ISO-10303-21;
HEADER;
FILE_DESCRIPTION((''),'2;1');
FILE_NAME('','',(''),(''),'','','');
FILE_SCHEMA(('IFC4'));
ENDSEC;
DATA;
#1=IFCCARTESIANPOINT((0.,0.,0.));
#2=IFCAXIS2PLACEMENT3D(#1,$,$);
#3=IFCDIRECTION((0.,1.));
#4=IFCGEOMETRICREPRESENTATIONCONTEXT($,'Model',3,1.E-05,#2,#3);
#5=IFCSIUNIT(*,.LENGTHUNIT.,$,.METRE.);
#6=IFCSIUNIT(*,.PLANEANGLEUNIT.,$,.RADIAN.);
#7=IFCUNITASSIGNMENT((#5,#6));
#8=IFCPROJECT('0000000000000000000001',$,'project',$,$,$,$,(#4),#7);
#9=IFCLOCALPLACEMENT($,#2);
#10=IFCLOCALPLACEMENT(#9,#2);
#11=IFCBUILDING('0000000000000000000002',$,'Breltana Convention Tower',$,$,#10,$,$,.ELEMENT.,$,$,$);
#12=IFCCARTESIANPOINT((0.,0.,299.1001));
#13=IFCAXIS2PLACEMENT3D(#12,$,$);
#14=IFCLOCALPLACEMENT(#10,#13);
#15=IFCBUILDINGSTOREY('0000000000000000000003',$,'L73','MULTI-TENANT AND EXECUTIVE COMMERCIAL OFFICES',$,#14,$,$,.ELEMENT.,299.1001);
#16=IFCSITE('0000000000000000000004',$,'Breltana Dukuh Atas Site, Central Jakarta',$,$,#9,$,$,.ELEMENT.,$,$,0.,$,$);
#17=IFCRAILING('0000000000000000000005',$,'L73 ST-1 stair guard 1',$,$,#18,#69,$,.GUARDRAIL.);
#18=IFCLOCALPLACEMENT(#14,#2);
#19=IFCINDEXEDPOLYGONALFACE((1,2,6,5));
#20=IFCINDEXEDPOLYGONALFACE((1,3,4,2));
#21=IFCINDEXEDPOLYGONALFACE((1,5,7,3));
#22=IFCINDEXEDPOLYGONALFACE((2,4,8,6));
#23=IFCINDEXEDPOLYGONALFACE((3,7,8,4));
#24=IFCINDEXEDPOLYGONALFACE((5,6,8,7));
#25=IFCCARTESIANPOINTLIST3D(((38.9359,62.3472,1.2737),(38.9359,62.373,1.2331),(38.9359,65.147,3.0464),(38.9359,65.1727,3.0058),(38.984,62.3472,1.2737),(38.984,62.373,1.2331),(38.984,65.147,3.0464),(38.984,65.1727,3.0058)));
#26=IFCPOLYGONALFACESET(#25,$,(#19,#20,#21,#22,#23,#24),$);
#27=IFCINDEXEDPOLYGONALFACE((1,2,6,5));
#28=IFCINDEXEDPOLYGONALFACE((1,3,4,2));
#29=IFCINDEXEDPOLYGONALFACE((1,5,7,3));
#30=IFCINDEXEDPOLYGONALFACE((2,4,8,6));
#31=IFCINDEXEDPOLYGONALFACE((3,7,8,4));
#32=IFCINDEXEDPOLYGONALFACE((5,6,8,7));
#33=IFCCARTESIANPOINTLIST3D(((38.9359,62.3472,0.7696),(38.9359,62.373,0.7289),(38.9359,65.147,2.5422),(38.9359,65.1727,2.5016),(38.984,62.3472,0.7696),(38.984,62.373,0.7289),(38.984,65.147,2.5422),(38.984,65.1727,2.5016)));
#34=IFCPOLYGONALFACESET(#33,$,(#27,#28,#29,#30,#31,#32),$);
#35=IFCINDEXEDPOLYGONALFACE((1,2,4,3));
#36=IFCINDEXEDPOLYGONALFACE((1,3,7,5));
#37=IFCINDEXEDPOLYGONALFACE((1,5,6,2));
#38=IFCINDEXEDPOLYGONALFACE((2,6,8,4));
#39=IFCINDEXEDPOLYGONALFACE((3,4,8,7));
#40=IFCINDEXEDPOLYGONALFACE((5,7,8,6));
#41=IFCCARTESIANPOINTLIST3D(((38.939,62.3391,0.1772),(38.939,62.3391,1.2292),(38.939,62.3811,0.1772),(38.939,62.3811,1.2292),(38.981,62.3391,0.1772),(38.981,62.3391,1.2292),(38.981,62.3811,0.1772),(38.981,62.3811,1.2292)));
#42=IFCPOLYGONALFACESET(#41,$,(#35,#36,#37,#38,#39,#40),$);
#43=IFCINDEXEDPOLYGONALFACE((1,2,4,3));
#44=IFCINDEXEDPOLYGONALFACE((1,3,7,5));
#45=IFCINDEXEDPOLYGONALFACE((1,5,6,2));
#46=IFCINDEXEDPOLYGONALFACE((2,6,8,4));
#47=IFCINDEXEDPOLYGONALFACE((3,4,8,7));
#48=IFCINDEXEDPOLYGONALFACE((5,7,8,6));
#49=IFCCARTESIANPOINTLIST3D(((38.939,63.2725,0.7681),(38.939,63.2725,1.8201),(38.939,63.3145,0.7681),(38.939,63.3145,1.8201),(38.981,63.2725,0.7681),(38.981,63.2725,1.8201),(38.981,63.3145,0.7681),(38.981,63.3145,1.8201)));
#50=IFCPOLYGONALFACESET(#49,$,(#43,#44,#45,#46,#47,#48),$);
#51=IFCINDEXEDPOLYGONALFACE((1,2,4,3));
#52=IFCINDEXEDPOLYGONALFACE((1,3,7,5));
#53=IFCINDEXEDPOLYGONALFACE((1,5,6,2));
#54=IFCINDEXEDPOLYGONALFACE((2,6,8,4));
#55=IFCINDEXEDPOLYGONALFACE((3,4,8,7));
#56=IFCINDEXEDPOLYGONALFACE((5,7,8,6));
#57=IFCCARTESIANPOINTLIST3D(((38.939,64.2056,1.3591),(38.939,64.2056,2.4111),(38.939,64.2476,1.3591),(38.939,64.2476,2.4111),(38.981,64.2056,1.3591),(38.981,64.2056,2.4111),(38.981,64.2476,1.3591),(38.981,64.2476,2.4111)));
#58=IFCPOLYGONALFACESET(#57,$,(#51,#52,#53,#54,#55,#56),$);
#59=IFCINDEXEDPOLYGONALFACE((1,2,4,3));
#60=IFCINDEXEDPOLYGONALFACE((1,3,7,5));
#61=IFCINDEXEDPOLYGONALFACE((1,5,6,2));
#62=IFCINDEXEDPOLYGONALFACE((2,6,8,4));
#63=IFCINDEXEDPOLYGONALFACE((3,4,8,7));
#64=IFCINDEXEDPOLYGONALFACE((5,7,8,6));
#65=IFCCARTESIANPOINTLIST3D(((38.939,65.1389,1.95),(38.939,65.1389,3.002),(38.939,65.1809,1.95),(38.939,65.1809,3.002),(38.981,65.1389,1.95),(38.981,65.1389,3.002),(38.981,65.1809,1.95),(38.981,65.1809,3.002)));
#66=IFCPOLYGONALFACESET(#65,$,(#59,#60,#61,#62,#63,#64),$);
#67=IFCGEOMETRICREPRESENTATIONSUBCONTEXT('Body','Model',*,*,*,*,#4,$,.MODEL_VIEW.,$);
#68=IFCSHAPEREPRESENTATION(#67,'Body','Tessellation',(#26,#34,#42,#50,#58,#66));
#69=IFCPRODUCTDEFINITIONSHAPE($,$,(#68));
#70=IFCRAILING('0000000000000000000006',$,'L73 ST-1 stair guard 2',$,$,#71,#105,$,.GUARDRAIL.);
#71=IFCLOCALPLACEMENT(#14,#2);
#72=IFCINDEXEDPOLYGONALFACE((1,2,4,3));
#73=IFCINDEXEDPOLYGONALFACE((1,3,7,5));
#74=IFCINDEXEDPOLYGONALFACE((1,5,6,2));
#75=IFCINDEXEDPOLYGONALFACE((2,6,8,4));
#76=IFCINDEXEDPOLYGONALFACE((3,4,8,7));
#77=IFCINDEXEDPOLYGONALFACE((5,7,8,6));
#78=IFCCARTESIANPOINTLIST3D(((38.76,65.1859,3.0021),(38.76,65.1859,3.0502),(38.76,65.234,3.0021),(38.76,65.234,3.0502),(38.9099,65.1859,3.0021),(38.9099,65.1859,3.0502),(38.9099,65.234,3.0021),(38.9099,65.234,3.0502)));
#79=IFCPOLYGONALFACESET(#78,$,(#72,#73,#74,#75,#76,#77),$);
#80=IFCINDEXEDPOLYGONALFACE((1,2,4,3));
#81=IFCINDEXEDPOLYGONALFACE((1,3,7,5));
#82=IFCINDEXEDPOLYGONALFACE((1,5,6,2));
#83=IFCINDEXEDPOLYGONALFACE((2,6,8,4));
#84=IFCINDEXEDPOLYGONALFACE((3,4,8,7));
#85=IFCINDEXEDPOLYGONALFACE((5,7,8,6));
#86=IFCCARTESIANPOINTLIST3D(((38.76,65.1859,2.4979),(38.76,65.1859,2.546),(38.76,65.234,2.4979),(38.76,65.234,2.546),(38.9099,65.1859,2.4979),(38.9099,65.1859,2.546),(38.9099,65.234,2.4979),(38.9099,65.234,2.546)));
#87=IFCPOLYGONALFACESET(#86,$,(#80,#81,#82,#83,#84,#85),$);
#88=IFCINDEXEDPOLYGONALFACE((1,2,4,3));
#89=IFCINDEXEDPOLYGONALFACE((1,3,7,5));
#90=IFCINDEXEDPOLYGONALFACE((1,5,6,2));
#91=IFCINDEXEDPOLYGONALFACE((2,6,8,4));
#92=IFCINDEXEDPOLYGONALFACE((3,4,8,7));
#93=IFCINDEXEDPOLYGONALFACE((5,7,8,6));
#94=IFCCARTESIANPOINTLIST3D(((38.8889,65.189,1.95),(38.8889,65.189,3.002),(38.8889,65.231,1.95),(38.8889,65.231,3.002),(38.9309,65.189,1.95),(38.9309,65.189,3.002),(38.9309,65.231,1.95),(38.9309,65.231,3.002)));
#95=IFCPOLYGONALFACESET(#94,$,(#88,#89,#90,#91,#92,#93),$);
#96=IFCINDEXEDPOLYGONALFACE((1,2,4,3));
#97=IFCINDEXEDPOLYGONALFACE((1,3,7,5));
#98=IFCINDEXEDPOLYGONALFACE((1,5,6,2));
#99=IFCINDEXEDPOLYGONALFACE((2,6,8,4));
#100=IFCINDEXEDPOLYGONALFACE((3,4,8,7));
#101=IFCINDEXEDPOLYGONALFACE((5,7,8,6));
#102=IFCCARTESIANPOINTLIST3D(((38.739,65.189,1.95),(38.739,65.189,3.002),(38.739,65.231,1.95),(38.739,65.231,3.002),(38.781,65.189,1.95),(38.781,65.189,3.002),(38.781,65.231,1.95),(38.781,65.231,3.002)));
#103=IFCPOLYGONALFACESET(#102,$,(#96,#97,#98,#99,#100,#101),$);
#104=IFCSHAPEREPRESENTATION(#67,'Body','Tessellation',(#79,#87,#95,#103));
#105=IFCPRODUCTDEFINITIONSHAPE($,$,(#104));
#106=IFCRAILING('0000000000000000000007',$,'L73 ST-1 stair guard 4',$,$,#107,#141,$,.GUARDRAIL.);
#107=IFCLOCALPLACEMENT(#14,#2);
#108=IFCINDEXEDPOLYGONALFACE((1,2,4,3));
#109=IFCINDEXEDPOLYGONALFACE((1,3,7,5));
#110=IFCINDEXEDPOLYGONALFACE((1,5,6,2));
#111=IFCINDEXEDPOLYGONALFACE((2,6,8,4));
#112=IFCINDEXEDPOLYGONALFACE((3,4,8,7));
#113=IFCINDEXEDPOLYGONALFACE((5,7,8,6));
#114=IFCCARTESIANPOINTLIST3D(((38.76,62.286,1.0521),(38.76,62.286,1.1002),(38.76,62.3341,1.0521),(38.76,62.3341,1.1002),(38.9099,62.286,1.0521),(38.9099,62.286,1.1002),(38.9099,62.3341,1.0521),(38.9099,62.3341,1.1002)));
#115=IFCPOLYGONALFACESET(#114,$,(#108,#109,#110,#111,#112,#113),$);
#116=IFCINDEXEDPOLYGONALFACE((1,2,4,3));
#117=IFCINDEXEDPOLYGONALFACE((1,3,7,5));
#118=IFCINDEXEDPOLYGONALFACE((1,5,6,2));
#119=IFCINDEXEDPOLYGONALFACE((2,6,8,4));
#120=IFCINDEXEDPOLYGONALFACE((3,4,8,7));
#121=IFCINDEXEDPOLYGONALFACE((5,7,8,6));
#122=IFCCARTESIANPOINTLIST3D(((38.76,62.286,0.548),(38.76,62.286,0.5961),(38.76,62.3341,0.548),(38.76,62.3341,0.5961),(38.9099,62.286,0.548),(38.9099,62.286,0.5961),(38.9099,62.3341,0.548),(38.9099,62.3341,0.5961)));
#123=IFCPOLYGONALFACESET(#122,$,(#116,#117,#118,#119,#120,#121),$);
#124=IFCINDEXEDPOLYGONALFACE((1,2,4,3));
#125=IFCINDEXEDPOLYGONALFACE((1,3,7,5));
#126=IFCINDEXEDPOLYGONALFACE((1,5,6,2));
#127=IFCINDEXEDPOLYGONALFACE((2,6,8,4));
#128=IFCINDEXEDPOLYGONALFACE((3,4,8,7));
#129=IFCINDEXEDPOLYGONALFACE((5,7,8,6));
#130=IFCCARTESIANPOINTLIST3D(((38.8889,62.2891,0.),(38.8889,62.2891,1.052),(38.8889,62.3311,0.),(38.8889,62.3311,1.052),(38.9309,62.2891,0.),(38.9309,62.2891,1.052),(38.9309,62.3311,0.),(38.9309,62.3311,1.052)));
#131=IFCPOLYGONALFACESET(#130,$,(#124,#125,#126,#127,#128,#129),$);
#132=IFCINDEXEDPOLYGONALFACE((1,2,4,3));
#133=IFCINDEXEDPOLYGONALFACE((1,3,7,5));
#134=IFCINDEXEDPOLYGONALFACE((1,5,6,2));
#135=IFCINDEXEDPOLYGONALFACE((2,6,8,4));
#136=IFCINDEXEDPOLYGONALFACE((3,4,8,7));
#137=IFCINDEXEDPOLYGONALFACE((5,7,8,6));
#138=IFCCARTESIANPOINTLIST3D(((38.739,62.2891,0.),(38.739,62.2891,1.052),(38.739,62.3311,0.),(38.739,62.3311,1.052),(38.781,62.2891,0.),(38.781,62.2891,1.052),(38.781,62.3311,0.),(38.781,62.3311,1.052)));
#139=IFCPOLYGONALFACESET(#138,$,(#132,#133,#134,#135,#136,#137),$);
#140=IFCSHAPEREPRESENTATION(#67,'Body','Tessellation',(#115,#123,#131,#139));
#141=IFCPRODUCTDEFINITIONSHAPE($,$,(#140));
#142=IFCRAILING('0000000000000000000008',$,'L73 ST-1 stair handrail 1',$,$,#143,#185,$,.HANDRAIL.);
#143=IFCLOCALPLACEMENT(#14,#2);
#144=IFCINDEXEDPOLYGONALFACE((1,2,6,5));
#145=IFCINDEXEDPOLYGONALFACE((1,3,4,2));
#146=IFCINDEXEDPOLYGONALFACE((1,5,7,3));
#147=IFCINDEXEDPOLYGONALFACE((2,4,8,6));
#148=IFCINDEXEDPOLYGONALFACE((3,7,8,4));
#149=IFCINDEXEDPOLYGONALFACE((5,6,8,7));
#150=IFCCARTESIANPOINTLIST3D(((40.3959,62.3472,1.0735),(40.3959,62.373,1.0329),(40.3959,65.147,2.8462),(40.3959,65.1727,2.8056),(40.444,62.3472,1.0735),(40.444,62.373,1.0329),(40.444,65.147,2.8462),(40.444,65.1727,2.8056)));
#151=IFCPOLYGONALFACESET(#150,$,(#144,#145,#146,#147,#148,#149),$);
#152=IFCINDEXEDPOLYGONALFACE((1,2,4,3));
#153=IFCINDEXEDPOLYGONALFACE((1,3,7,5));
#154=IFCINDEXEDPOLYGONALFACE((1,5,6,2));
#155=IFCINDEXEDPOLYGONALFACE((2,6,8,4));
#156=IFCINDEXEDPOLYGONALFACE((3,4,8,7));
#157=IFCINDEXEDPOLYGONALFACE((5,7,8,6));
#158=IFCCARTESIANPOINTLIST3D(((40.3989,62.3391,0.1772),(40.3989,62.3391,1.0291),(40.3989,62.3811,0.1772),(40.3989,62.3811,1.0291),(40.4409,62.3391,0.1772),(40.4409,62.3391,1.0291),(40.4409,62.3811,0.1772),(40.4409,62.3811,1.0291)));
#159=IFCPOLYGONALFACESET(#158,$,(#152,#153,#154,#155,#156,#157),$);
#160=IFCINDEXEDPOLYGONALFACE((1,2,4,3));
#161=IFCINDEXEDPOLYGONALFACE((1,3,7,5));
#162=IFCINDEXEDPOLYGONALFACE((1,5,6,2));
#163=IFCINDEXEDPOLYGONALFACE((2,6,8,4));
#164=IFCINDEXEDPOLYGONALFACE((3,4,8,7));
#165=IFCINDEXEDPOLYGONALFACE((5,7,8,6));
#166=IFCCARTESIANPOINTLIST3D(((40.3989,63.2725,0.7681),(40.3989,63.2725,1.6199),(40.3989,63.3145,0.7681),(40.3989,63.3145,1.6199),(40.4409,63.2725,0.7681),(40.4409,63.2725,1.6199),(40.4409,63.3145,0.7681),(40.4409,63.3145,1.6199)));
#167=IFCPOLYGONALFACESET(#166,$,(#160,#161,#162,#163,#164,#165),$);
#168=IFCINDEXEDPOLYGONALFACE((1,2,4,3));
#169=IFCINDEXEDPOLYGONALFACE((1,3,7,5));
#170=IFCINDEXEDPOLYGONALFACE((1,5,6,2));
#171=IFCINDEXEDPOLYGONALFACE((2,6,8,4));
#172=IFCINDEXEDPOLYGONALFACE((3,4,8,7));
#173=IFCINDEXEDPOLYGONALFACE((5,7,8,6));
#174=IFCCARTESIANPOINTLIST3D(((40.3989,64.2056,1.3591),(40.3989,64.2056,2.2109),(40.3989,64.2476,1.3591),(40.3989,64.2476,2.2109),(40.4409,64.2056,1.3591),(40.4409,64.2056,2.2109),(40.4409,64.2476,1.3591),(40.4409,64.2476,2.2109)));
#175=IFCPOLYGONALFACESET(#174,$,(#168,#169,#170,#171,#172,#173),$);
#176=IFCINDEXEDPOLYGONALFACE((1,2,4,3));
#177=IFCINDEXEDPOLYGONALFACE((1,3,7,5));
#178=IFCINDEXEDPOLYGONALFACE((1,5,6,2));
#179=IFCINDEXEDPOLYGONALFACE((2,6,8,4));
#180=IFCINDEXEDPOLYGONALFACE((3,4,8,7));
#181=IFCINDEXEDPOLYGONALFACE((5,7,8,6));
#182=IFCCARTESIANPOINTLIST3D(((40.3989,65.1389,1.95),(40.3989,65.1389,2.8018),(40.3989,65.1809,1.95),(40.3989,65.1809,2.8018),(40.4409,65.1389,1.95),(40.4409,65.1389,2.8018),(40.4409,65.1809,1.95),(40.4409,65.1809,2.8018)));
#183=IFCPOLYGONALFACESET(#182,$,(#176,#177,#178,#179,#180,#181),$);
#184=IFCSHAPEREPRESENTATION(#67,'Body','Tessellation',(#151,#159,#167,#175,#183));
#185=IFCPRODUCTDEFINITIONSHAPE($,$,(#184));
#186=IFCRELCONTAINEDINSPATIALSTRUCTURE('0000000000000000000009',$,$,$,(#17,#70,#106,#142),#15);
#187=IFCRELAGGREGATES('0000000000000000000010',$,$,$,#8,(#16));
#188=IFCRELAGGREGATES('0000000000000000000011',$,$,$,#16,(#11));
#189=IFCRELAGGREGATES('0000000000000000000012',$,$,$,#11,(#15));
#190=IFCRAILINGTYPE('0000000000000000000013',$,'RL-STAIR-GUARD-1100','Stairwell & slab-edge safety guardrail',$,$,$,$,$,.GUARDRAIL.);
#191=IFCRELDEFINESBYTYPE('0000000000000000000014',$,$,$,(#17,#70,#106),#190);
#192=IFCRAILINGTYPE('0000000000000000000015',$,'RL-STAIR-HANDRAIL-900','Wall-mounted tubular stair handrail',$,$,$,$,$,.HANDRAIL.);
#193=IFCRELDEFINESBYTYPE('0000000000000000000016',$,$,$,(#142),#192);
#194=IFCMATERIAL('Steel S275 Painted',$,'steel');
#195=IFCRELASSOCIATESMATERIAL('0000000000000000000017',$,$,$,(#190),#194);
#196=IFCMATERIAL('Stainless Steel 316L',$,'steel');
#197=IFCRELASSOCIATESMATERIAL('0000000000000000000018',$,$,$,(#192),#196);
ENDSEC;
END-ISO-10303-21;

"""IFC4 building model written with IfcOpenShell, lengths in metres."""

from ifc_helpers import new_model, si_unit, direction, frame, origin, origin_2d, place, context, subcontext, project, spatial, rectangle, extrude, material, type_object, element, save


model = new_model("IFC4")

# Units and contexts
model_context = context("Model", 3, precision=1e-05, world=origin(), true_north=direction((0.0, 1.0)))
body_context = subcontext(model_context, "Body", "Model", "MODEL_VIEW")
ifc_project = project(units=[si_unit("LENGTHUNIT", "METRE"), si_unit("PLANEANGLEUNIT", "RADIAN")], contexts=[model_context])

# Site, building, storey
site_placement = place(None, origin())
site = spatial("IfcSite", under=ifc_project, at=site_placement, Name="Breltana Dukuh Atas Site, Central Jakarta", CompositionType="ELEMENT", RefElevation=0.0)
building_placement = place(site_placement, origin())
building = spatial("IfcBuilding", under=site, at=building_placement, Name="Breltana Convention Tower", CompositionType="ELEMENT")
storey_placement = place(building_placement, frame((0.0, 0.0, 299.1001)))
storey = spatial("IfcBuildingStorey", under=building, at=storey_placement, Name="L73", Description="MULTI-TENANT AND EXECUTIVE COMMERCIAL OFFICES", CompositionType="ELEMENT", Elevation=299.1001)

# Railings
ifc_material_1 = material(Name="Steel S275 Painted", Category="steel")
railing_type_1 = type_object("IfcRailingType", Name="RL-STAIR-GUARD-1100", Description="Stairwell & slab-edge safety guardrail", PredefinedType="GUARDRAIL", material=ifc_material_1)
railing_1_placement = place(storey_placement, frame((38.96, 62.3601, 0.1772)))
element("IfcRailing", 1, at=railing_1_placement, inside=storey, type_object=railing_type_1, Name="L73 ST-1 stair guard 1", PredefinedType="GUARDRAIL", context=body_context, shape_type="SweptSolid", body=[
    extrude(rectangle(XDim=0.0481, YDim=0.0481, at=origin_2d()), frame((0.0, 0.0, 1.0762), z_axis=(0.0, 0.844888, 0.534943), x_axis=(-1.0, 0.0, 0.0)), (0.0, 0.0, 1.0), 3.3137),
    extrude(rectangle(XDim=0.0481, YDim=0.0481, at=origin_2d()), frame((0.0, 0.0, 0.572), z_axis=(0.0, 0.844888, 0.534943), x_axis=(-1.0, 0.0, 0.0)), (0.0, 0.0, 1.0), 3.3137),
    extrude(rectangle(XDim=0.042, YDim=0.042, at=origin_2d()), origin(), (0.0, 0.0, 1.0), 1.052),
    extrude(rectangle(XDim=0.042, YDim=0.042, at=origin_2d()), frame((0.0, 0.9333, 0.5908)), (0.0, 0.0, 1.0), 1.052),
    extrude(rectangle(XDim=0.042, YDim=0.042, at=origin_2d()), frame((0.0, 1.8665, 1.1819)), (0.0, 0.0, 1.0), 1.052),
    extrude(rectangle(XDim=0.042, YDim=0.042, at=origin_2d()), frame((0.0, 2.7998, 1.7727)), (0.0, 0.0, 1.0), 1.052),
])
for number, where, name in (
    (2, (38.9099, 65.21, 1.95), "L73 ST-1 stair guard 2"),
    (3, (38.9099, 62.3101, 0.0), "L73 ST-1 stair guard 4"),
):
    element("IfcRailing", number, at=place(storey_placement, frame(where)), inside=storey, type_object=railing_type_1, Name=name, PredefinedType="GUARDRAIL", context=body_context, shape_type="SweptSolid", body=[
        extrude(rectangle(XDim=0.0481, YDim=0.0481, at=origin_2d()), frame((0.0, 0.0, 1.0762), z_axis=(-1.0, 0.0, 0.0), x_axis=(0.0, -1.0, 0.0)), (0.0, 0.0, 1.0), 0.1499),
        extrude(rectangle(XDim=0.0481, YDim=0.0481, at=origin_2d()), frame((0.0, 0.0, 0.572), z_axis=(-1.0, 0.0, 0.0), x_axis=(0.0, -1.0, 0.0)), (0.0, 0.0, 1.0), 0.1499),
        extrude(rectangle(XDim=0.042, YDim=0.042, at=origin_2d()), origin(), (0.0, 0.0, 1.0), 1.052),
        extrude(rectangle(XDim=0.042, YDim=0.042, at=origin_2d()), frame((-0.1499, 0.0, 0.0)), (0.0, 0.0, 1.0), 1.052),
    ])
ifc_material_2 = material(Name="Stainless Steel 316L", Category="steel")
railing_type_2 = type_object("IfcRailingType", Name="RL-STAIR-HANDRAIL-900", Description="Wall-mounted tubular stair handrail", PredefinedType="HANDRAIL", material=ifc_material_2)
railing_2_placement = place(storey_placement, frame((40.4199, 62.3601, 0.1772)))
element("IfcRailing", 4, at=railing_2_placement, inside=storey, type_object=railing_type_2, Name="L73 ST-1 stair handrail 1", PredefinedType="HANDRAIL", context=body_context, shape_type="SweptSolid", body=[
    extrude(rectangle(XDim=0.0481, YDim=0.0481, at=origin_2d()), frame((0.0, 0.0, 0.876), z_axis=(0.0, 0.844888, 0.534943), x_axis=(-1.0, 0.0, 0.0)), (0.0, 0.0, 1.0), 3.3137),
    extrude(rectangle(XDim=0.042, YDim=0.042, at=origin_2d()), origin(), (0.0, 0.0, 1.0), 0.8518),
    extrude(rectangle(XDim=0.042, YDim=0.042, at=origin_2d()), frame((0.0, 0.9333, 0.5908)), (0.0, 0.0, 1.0), 0.8518),
    extrude(rectangle(XDim=0.042, YDim=0.042, at=origin_2d()), frame((0.0, 1.8665, 1.1819)), (0.0, 0.0, 1.0), 0.8518),
    extrude(rectangle(XDim=0.042, YDim=0.042, at=origin_2d()), frame((0.0, 2.7998, 1.7727)), (0.0, 0.0, 1.0), 0.8518),
])

save(model, "model.ifc")
